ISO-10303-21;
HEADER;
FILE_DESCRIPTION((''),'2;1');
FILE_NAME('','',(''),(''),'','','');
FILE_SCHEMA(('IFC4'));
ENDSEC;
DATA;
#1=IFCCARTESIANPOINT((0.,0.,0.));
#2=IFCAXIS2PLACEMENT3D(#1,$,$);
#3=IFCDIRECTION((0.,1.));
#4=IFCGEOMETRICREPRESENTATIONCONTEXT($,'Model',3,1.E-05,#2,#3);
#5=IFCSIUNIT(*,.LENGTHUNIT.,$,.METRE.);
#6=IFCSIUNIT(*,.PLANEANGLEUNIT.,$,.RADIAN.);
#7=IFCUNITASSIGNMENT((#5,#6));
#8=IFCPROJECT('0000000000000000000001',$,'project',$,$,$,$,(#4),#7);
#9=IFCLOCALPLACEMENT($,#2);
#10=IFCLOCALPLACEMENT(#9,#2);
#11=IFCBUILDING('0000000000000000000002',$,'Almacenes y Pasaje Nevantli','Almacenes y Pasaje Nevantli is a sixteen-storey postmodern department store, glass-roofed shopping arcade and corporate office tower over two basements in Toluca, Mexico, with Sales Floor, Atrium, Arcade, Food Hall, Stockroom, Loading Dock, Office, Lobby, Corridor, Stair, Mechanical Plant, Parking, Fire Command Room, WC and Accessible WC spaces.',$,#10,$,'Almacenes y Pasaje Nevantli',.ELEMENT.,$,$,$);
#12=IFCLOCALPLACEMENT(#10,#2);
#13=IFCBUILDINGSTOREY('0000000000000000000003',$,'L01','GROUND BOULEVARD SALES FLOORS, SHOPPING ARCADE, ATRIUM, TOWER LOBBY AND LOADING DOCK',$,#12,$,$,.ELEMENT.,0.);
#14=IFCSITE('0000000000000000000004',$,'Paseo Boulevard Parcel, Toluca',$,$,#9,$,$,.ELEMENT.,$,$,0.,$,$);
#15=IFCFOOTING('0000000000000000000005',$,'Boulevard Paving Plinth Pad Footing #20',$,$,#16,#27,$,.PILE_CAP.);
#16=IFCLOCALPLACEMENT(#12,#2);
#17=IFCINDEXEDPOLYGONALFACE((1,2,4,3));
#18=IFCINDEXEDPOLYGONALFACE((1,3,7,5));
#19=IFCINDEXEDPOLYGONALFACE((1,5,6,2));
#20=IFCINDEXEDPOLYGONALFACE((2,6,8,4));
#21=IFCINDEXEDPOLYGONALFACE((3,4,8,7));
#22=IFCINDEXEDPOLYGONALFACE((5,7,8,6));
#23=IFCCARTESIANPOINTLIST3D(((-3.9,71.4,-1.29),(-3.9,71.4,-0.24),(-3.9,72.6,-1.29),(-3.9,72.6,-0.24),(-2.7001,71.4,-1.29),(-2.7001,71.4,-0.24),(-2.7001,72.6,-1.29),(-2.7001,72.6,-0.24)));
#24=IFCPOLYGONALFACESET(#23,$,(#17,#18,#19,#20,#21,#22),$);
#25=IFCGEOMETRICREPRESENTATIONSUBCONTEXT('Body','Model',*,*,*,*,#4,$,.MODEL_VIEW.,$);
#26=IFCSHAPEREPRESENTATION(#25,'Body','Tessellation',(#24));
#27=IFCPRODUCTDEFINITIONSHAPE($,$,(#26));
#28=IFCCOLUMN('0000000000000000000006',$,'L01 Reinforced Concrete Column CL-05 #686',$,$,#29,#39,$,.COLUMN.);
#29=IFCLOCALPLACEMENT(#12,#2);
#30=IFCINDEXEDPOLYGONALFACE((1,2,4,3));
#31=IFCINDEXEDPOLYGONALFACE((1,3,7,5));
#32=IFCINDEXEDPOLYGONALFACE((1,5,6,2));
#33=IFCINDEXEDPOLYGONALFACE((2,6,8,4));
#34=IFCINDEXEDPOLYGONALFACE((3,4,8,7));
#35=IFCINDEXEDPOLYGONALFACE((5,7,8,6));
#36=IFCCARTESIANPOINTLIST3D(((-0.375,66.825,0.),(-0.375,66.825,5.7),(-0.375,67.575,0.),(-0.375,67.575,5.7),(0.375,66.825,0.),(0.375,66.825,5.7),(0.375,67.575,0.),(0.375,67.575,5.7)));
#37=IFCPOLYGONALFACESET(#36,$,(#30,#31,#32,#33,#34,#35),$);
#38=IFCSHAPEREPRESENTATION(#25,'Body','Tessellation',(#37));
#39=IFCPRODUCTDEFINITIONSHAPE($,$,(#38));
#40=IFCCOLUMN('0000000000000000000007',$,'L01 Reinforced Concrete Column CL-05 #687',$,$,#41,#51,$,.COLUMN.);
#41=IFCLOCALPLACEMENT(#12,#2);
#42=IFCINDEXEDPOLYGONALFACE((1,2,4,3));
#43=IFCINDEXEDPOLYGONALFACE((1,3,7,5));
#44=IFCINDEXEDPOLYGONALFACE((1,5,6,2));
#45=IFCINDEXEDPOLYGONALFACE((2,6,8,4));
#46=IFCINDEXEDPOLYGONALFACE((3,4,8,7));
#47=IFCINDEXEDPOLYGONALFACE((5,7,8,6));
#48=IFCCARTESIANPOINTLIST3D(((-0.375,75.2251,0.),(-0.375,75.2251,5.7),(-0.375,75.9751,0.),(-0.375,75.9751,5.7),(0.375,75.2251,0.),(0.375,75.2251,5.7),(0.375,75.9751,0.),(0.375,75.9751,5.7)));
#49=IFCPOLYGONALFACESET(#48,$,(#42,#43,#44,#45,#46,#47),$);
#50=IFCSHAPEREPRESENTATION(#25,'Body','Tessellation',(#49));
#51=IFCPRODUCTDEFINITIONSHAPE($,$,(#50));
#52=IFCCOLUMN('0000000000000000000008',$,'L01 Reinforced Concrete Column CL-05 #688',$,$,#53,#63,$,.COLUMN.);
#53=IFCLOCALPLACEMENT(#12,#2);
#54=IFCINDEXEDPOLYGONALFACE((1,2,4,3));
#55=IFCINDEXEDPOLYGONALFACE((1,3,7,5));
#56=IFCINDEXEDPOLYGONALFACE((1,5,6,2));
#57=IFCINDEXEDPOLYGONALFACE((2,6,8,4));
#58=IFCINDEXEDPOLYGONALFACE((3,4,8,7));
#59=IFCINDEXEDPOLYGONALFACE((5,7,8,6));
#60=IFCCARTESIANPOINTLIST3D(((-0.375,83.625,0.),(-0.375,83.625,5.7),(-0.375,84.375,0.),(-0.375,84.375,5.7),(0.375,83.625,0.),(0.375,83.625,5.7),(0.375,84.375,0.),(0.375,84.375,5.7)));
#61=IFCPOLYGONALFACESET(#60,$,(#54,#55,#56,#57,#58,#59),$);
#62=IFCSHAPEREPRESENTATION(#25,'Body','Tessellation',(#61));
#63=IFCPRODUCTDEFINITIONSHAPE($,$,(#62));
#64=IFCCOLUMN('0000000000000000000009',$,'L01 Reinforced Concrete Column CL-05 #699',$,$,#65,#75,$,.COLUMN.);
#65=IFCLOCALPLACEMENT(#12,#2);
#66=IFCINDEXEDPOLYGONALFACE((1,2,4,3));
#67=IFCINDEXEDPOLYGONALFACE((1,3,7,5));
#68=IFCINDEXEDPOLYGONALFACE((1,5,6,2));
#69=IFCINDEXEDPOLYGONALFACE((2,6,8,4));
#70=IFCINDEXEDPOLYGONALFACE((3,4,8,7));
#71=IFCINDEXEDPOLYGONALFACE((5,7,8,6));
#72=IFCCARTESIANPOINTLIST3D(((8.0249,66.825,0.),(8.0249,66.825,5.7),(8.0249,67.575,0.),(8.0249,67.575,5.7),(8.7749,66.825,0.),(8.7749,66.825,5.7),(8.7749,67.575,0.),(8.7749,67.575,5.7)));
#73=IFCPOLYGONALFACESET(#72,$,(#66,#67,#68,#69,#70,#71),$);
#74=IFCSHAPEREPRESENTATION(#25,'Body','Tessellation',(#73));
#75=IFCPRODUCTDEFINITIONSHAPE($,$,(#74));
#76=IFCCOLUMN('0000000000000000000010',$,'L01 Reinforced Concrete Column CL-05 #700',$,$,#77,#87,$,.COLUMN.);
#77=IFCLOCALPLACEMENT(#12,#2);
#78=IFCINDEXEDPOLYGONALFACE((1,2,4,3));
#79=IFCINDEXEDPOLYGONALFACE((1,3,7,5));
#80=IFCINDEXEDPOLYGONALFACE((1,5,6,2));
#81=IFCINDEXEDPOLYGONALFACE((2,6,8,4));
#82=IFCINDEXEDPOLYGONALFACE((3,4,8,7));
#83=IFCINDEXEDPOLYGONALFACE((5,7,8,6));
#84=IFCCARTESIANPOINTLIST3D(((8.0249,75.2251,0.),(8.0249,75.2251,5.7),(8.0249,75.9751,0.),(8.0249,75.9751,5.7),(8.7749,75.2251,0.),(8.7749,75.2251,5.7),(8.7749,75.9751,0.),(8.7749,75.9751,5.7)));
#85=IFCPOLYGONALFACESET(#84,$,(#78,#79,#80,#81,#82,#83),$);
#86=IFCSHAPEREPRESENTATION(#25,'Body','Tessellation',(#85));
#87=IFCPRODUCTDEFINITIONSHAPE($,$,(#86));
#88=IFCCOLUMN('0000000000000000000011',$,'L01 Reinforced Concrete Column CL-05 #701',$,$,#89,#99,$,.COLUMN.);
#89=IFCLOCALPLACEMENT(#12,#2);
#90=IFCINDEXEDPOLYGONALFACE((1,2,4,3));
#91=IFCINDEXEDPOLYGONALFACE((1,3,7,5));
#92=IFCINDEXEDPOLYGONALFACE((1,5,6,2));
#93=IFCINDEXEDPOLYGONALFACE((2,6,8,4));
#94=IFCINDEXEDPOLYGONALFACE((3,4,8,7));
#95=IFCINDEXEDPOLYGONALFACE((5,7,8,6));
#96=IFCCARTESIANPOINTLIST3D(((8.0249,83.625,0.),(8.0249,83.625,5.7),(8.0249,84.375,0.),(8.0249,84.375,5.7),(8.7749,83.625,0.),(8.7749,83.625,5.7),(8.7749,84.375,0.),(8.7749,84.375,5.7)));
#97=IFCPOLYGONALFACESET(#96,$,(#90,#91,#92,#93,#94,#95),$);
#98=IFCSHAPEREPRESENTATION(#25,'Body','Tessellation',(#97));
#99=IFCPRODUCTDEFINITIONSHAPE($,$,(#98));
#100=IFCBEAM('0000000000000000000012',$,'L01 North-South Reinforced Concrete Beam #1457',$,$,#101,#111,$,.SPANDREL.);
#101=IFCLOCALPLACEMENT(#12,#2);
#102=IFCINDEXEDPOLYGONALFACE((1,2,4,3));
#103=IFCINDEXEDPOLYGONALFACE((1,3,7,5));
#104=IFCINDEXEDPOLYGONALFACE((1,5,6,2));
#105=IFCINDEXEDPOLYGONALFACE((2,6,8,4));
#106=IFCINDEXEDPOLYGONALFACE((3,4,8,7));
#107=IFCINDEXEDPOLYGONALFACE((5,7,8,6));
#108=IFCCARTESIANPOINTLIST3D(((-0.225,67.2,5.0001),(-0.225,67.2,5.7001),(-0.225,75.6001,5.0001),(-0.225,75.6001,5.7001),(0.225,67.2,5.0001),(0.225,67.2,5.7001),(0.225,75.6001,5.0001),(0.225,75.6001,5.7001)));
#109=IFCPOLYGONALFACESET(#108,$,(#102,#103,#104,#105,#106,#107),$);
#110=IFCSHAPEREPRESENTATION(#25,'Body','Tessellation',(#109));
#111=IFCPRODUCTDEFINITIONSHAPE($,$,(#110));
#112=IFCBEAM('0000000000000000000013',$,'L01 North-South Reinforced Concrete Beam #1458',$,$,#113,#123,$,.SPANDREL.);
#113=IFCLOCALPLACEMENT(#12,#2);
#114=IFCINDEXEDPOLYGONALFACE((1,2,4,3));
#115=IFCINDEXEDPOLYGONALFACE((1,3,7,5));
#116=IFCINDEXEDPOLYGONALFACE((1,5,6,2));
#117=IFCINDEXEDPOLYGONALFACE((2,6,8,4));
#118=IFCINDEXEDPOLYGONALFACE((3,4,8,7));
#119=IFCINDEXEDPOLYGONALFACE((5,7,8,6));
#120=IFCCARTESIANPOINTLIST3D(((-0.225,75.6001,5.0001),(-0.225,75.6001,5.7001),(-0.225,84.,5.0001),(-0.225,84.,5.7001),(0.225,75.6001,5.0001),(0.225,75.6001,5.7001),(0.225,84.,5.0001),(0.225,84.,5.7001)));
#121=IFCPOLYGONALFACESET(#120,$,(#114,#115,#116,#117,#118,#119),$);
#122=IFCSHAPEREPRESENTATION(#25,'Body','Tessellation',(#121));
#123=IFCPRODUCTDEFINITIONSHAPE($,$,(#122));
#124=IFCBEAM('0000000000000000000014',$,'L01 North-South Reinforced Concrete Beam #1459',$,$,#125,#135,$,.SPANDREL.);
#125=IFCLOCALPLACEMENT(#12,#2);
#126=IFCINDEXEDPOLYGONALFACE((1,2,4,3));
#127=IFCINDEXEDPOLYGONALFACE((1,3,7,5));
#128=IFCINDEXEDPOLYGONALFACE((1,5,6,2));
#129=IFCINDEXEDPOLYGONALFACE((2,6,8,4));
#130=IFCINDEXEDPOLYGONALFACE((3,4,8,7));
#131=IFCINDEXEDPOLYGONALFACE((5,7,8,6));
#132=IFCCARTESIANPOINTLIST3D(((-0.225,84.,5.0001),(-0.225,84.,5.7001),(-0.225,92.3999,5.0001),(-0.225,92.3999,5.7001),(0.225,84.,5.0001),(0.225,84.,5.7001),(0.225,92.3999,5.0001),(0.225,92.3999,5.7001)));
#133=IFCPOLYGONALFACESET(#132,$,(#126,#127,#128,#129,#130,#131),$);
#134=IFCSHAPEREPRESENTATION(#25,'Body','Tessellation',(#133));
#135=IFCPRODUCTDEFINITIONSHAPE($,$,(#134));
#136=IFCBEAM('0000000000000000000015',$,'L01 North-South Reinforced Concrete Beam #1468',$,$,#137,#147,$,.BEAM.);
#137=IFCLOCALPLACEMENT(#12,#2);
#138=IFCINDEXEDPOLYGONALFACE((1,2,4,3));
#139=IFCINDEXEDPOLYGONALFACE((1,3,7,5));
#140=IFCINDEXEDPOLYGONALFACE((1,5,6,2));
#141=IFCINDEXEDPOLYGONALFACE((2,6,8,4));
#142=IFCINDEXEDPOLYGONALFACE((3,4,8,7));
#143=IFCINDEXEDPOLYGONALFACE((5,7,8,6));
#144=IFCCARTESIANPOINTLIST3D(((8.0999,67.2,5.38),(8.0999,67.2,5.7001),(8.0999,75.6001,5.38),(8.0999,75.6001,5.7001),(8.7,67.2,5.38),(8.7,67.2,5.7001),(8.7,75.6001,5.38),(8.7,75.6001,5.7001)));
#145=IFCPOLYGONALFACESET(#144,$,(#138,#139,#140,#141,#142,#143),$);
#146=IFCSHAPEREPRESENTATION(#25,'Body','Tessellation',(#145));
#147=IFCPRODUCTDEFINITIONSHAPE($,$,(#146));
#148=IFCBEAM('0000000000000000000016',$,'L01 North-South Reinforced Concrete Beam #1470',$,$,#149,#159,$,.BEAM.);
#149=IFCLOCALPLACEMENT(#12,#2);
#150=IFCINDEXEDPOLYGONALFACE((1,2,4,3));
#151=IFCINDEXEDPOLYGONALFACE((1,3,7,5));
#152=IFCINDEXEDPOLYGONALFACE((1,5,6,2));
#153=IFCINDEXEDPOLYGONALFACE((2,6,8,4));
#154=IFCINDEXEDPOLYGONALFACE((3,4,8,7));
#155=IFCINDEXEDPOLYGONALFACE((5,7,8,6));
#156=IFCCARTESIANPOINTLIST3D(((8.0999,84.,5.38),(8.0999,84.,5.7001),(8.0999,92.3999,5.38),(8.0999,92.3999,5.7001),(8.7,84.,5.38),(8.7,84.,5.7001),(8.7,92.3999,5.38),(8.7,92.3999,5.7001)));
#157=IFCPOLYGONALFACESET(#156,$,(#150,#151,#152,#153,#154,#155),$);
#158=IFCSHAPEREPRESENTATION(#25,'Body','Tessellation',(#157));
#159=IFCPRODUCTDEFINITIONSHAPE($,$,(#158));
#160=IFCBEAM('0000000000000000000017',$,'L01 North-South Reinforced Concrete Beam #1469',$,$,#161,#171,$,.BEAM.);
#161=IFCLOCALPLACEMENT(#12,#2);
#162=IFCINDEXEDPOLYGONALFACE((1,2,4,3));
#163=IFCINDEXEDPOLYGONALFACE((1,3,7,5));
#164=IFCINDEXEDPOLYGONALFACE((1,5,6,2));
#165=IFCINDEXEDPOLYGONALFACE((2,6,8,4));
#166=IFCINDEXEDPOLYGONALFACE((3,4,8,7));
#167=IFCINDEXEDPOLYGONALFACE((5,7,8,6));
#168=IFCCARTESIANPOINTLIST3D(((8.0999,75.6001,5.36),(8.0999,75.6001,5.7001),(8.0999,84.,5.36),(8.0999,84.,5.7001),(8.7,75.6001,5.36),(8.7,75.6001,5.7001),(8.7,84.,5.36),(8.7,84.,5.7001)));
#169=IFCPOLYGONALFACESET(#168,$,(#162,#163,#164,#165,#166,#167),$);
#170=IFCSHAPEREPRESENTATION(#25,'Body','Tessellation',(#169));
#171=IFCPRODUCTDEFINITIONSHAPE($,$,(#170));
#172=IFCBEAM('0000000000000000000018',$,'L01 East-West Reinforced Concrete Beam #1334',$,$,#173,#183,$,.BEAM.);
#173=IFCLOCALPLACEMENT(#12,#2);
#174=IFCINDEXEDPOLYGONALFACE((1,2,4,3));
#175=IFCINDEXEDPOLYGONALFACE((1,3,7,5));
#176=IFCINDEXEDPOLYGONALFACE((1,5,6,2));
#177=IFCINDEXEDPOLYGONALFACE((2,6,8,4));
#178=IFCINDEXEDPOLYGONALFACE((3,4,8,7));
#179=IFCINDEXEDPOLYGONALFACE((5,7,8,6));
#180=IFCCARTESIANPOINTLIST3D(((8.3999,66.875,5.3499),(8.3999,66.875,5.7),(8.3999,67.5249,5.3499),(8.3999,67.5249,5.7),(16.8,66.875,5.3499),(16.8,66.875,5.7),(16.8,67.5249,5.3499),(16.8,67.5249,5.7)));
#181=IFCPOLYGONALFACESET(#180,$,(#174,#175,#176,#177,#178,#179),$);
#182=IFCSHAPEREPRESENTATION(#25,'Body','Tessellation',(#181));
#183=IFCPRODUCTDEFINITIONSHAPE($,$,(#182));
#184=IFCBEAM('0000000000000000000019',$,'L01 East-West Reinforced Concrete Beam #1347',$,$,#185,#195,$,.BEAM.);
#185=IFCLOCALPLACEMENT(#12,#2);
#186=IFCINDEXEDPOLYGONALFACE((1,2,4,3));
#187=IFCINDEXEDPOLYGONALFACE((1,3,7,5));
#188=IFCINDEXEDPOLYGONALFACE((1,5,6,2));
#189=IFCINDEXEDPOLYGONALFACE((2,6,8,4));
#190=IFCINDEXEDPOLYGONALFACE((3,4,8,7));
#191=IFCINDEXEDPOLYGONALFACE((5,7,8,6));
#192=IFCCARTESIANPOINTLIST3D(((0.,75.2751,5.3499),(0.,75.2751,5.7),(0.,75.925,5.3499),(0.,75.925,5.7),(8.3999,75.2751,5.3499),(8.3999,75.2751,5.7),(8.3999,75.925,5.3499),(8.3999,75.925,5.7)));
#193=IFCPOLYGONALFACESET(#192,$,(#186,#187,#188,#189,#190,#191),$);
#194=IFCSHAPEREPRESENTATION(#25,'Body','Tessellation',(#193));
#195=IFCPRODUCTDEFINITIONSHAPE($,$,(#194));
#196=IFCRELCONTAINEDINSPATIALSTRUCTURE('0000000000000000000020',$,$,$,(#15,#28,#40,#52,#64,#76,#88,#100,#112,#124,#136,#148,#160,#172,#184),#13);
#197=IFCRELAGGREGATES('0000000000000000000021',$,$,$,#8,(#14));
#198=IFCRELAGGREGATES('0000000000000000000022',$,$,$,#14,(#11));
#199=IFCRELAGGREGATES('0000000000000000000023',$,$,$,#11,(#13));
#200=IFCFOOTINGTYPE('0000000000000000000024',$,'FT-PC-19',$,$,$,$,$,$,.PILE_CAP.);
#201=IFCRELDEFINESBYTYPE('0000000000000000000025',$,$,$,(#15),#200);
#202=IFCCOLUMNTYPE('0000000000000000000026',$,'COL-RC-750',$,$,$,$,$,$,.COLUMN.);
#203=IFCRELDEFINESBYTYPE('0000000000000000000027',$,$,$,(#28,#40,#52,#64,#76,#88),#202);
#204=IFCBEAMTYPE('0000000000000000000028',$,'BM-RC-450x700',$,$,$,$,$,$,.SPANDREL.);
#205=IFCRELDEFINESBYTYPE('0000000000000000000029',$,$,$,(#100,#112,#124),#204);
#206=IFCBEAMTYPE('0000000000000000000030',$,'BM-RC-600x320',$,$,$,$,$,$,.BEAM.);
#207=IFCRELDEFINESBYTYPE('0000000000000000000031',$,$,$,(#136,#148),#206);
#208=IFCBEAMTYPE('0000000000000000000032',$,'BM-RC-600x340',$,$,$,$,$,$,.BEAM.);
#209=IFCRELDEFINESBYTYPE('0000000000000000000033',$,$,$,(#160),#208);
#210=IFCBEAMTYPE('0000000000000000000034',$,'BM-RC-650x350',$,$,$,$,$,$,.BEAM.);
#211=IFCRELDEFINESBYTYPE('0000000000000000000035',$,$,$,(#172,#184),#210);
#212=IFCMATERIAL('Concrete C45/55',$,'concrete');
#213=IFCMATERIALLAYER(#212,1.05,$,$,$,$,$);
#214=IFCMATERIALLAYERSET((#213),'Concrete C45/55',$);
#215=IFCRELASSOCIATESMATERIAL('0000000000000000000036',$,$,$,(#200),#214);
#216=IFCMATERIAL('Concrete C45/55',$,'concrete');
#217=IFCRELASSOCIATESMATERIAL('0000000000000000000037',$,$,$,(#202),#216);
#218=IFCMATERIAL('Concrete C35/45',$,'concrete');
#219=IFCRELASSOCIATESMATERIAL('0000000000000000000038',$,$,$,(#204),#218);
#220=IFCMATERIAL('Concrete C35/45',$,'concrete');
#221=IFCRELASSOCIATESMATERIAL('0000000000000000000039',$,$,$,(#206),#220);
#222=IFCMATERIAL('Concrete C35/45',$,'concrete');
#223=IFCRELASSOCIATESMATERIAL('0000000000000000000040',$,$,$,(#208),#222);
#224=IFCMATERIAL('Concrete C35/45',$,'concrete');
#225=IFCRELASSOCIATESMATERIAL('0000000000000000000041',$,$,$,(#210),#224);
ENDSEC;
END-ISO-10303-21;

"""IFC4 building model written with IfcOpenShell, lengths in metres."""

from ifc_helpers import new_model, si_unit, direction, frame, origin, origin_2d, place, context, subcontext, project, spatial, rectangle, extrude, material, layer, layer_set, material_profile, profile_set, type_object, element, save


model = new_model("IFC4")

# Units and contexts
model_context = context("Model", 3, precision=1e-05, world=origin(), true_north=direction((0.0, 1.0)))
body_context = subcontext(model_context, "Body", "Model", "MODEL_VIEW")
ifc_project = project(units=[si_unit("LENGTHUNIT", "METRE"), si_unit("PLANEANGLEUNIT", "RADIAN")], contexts=[model_context])

# Site, building, storey
site_placement = place(None, origin())
site = spatial("IfcSite", under=ifc_project, at=site_placement, Name="Paseo Boulevard Parcel, Toluca", CompositionType="ELEMENT", RefElevation=0.0)
building_placement = place(site_placement, origin())
building = spatial("IfcBuilding", under=site, at=building_placement, Name="Almacenes y Pasaje Nevantli", Description="Almacenes y Pasaje Nevantli is a sixteen-storey postmodern department store, glass-roofed shopping arcade and corporate office tower over two basements in Toluca, Mexico, with Sales Floor, Atrium, Arcade, Food Hall, Stockroom, Loading Dock, Office, Lobby, Corridor, Stair, Mechanical Plant, Parking, Fire Command Room, WC and Accessible WC spaces.", LongName="Almacenes y Pasaje Nevantli", CompositionType="ELEMENT")
storey_placement = place(building_placement, origin())
storey = spatial("IfcBuildingStorey", under=building, at=storey_placement, Name="L01", Description="GROUND BOULEVARD SALES FLOORS, SHOPPING ARCADE, ATRIUM, TOWER LOBBY AND LOADING DOCK", CompositionType="ELEMENT", Elevation=0.0)

# Footing
ifc_material_1 = material(Name="Concrete C45/55", Category="concrete")
ifc_layer_1 = layer(ifc_material_1, 1.05)
ifc_layer_set_1 = layer_set([ifc_layer_1], Name="Concrete C45/55")
footing_type = type_object("IfcFootingType", Name="FT-PC-19", PredefinedType="PILE_CAP", material=ifc_layer_set_1)
footing_placement = place(storey_placement, frame((-3.3, 72.0, -1.29), z_axis=(0.0, 0.0, 1.0), x_axis=(1.0, 0.0, 0.0)))
element("IfcFooting", 1, at=footing_placement, inside=storey, type_object=footing_type, Name="Boulevard Paving Plinth Pad Footing #20", PredefinedType="PILE_CAP", context=body_context, shape_type="SweptSolid", body=[
    extrude(rectangle(XDim=1.2, YDim=1.2, at=origin_2d()), origin(), (0.0, 0.0, 1.0), 1.05),
])

# Columns
ifc_material_2 = material(Name="Concrete C45/55", Category="concrete")
ifc_material_profile_1 = material_profile(ifc_material_2, rectangle(XDim=0.75, YDim=0.75, at=origin_2d()), Name="RC-COL-750x750")
ifc_profile_set_1 = profile_set([ifc_material_profile_1], Name="Concrete C45/55")
column_type = type_object("IfcColumnType", Name="COL-RC-750", PredefinedType="COLUMN", material=ifc_profile_set_1)
for number, where, z_axis, x_axis, name in (
    (2, (0.0, 67.2, 0.0), (0.0, 0.0, 1.0), (1.0, 0.0, 0.0), "L01 Reinforced Concrete Column CL-05 #686"),
    (3, (0.0, 75.6001, 0.0), (0.0, 0.0, 1.0), (1.0, 0.0, 0.0), "L01 Reinforced Concrete Column CL-05 #687"),
    (4, (0.0, 84.0, 0.0), (0.0, 0.0, 1.0), (1.0, 0.0, 0.0), "L01 Reinforced Concrete Column CL-05 #688"),
    (5, (8.3999, 67.2, 0.0), (0.0, 0.0, 1.0), (1.0, 0.0, 0.0), "L01 Reinforced Concrete Column CL-05 #699"),
    (6, (8.3999, 75.6001, 0.0), (0.0, 0.0, 1.0), (1.0, 0.0, 0.0), "L01 Reinforced Concrete Column CL-05 #700"),
    (7, (8.3999, 84.0, 0.0), (0.0, 0.0, 1.0), (1.0, 0.0, 0.0), "L01 Reinforced Concrete Column CL-05 #701"),
):
    element("IfcColumn", number, at=place(storey_placement, frame(where, z_axis=z_axis, x_axis=x_axis)), inside=storey, type_object=column_type, Name=name, PredefinedType="COLUMN", context=body_context, shape_type="SweptSolid", body=[
        extrude(rectangle(XDim=0.75, YDim=0.75, at=origin_2d()), origin(), (0.0, 0.0, 1.0), 5.7),
    ])

# Beams
ifc_material_3 = material(Name="Concrete C35/45", Category="concrete")
ifc_material_profile_2 = material_profile(ifc_material_3, rectangle(XDim=0.45, YDim=0.7, at=origin_2d()), Name="RC-BM-450x700")
ifc_profile_set_2 = profile_set([ifc_material_profile_2], Name="Concrete C35/45")
beam_type_1 = type_object("IfcBeamType", Name="BM-RC-450x700", PredefinedType="SPANDREL", material=ifc_profile_set_2)
beam_1_placement = place(storey_placement, frame((0.0, 67.2, 5.3501), z_axis=(0.0, 1.0, 0.0), x_axis=(-1.0, 0.0, 0.0)))
element("IfcBeam", 8, at=beam_1_placement, inside=storey, type_object=beam_type_1, Name="L01 North-South Reinforced Concrete Beam #1457", PredefinedType="SPANDREL", context=body_context, shape_type="SweptSolid", body=[
    extrude(rectangle(XDim=0.45, YDim=0.7, at=origin_2d()), origin(), (0.0, 0.0, 1.0), 8.4001),
])
for number, where, z_axis, x_axis, name in (
    (9, (0.0, 75.6001, 5.3501), (0.0, 1.0, 0.0), (-1.0, 0.0, 0.0), "L01 North-South Reinforced Concrete Beam #1458"),
    (10, (0.0, 84.0, 5.3501), (0.0, 1.0, 0.0), (-1.0, 0.0, 0.0), "L01 North-South Reinforced Concrete Beam #1459"),
):
    element("IfcBeam", number, at=place(storey_placement, frame(where, z_axis=z_axis, x_axis=x_axis)), inside=storey, type_object=beam_type_1, Name=name, PredefinedType="SPANDREL", context=body_context, shape_type="SweptSolid", body=[
        extrude(rectangle(XDim=0.45, YDim=0.7, at=origin_2d()), origin(), (0.0, 0.0, 1.0), 8.3999),
    ])
ifc_material_4 = material(Name="Concrete C35/45", Category="concrete")
ifc_material_profile_3 = material_profile(ifc_material_4, rectangle(XDim=0.6001, YDim=0.3201, at=origin_2d()), Name="RC-BM-600x320")
ifc_profile_set_3 = profile_set([ifc_material_profile_3], Name="Concrete C35/45")
beam_type_2 = type_object("IfcBeamType", Name="BM-RC-600x320", PredefinedType="BEAM", material=ifc_profile_set_3)
beam_2_placement = place(storey_placement, frame((8.3999, 67.2, 5.54), z_axis=(0.0, 1.0, 0.0), x_axis=(-1.0, 0.0, 0.0)))
element("IfcBeam", 11, at=beam_2_placement, inside=storey, type_object=beam_type_2, Name="L01 North-South Reinforced Concrete Beam #1468", PredefinedType="BEAM", context=body_context, shape_type="SweptSolid", body=[
    extrude(rectangle(XDim=0.6001, YDim=0.3201, at=origin_2d()), origin(), (0.0, 0.0, 1.0), 8.4001),
])
beam_3_placement = place(storey_placement, frame((8.3999, 84.0, 5.54), z_axis=(0.0, 1.0, 0.0), x_axis=(-1.0, 0.0, 0.0)))
element("IfcBeam", 12, at=beam_3_placement, inside=storey, type_object=beam_type_2, Name="L01 North-South Reinforced Concrete Beam #1470", PredefinedType="BEAM", context=body_context, shape_type="SweptSolid", body=[
    extrude(rectangle(XDim=0.6001, YDim=0.3201, at=origin_2d()), origin(), (0.0, 0.0, 1.0), 8.3999),
])
ifc_material_5 = material(Name="Concrete C35/45", Category="concrete")
ifc_material_profile_4 = material_profile(ifc_material_5, rectangle(XDim=0.6001, YDim=0.3401, at=origin_2d()), Name="RC-BM-600x340")
ifc_profile_set_4 = profile_set([ifc_material_profile_4], Name="Concrete C35/45")
beam_type_3 = type_object("IfcBeamType", Name="BM-RC-600x340", PredefinedType="BEAM", material=ifc_profile_set_4)
beam_4_placement = place(storey_placement, frame((8.3999, 75.6001, 5.53), z_axis=(0.0, 1.0, 0.0), x_axis=(-1.0, 0.0, 0.0)))
element("IfcBeam", 13, at=beam_4_placement, inside=storey, type_object=beam_type_3, Name="L01 North-South Reinforced Concrete Beam #1469", PredefinedType="BEAM", context=body_context, shape_type="SweptSolid", body=[
    extrude(rectangle(XDim=0.6001, YDim=0.3401, at=origin_2d()), origin(), (0.0, 0.0, 1.0), 8.3999),
])
ifc_material_6 = material(Name="Concrete C35/45", Category="concrete")
ifc_material_profile_5 = material_profile(ifc_material_6, rectangle(XDim=0.6499, YDim=0.3501, at=origin_2d()), Name="RC-BM-650x350")
ifc_profile_set_5 = profile_set([ifc_material_profile_5], Name="Concrete C35/45")
beam_type_4 = type_object("IfcBeamType", Name="BM-RC-650x350", PredefinedType="BEAM", material=ifc_profile_set_5)
beam_5_placement = place(storey_placement, frame((8.3999, 67.2, 5.5249), z_axis=(1.0, 0.0, 0.0), x_axis=(0.0, 1.0, 0.0)))
element("IfcBeam", 14, at=beam_5_placement, inside=storey, type_object=beam_type_4, Name="L01 East-West Reinforced Concrete Beam #1334", PredefinedType="BEAM", context=body_context, shape_type="SweptSolid", body=[
    extrude(rectangle(XDim=0.6499, YDim=0.3501, at=origin_2d()), origin(), (0.0, 0.0, 1.0), 8.4001),
])
beam_6_placement = place(storey_placement, frame((0.0, 75.6001, 5.5249), z_axis=(1.0, 0.0, 0.0), x_axis=(0.0, 1.0, 0.0)))
element("IfcBeam", 15, at=beam_6_placement, inside=storey, type_object=beam_type_4, Name="L01 East-West Reinforced Concrete Beam #1347", PredefinedType="BEAM", context=body_context, shape_type="SweptSolid", body=[
    extrude(rectangle(XDim=0.6499, YDim=0.3501, at=origin_2d()), origin(), (0.0, 0.0, 1.0), 8.3999),
])

save(model, "model.ifc")
